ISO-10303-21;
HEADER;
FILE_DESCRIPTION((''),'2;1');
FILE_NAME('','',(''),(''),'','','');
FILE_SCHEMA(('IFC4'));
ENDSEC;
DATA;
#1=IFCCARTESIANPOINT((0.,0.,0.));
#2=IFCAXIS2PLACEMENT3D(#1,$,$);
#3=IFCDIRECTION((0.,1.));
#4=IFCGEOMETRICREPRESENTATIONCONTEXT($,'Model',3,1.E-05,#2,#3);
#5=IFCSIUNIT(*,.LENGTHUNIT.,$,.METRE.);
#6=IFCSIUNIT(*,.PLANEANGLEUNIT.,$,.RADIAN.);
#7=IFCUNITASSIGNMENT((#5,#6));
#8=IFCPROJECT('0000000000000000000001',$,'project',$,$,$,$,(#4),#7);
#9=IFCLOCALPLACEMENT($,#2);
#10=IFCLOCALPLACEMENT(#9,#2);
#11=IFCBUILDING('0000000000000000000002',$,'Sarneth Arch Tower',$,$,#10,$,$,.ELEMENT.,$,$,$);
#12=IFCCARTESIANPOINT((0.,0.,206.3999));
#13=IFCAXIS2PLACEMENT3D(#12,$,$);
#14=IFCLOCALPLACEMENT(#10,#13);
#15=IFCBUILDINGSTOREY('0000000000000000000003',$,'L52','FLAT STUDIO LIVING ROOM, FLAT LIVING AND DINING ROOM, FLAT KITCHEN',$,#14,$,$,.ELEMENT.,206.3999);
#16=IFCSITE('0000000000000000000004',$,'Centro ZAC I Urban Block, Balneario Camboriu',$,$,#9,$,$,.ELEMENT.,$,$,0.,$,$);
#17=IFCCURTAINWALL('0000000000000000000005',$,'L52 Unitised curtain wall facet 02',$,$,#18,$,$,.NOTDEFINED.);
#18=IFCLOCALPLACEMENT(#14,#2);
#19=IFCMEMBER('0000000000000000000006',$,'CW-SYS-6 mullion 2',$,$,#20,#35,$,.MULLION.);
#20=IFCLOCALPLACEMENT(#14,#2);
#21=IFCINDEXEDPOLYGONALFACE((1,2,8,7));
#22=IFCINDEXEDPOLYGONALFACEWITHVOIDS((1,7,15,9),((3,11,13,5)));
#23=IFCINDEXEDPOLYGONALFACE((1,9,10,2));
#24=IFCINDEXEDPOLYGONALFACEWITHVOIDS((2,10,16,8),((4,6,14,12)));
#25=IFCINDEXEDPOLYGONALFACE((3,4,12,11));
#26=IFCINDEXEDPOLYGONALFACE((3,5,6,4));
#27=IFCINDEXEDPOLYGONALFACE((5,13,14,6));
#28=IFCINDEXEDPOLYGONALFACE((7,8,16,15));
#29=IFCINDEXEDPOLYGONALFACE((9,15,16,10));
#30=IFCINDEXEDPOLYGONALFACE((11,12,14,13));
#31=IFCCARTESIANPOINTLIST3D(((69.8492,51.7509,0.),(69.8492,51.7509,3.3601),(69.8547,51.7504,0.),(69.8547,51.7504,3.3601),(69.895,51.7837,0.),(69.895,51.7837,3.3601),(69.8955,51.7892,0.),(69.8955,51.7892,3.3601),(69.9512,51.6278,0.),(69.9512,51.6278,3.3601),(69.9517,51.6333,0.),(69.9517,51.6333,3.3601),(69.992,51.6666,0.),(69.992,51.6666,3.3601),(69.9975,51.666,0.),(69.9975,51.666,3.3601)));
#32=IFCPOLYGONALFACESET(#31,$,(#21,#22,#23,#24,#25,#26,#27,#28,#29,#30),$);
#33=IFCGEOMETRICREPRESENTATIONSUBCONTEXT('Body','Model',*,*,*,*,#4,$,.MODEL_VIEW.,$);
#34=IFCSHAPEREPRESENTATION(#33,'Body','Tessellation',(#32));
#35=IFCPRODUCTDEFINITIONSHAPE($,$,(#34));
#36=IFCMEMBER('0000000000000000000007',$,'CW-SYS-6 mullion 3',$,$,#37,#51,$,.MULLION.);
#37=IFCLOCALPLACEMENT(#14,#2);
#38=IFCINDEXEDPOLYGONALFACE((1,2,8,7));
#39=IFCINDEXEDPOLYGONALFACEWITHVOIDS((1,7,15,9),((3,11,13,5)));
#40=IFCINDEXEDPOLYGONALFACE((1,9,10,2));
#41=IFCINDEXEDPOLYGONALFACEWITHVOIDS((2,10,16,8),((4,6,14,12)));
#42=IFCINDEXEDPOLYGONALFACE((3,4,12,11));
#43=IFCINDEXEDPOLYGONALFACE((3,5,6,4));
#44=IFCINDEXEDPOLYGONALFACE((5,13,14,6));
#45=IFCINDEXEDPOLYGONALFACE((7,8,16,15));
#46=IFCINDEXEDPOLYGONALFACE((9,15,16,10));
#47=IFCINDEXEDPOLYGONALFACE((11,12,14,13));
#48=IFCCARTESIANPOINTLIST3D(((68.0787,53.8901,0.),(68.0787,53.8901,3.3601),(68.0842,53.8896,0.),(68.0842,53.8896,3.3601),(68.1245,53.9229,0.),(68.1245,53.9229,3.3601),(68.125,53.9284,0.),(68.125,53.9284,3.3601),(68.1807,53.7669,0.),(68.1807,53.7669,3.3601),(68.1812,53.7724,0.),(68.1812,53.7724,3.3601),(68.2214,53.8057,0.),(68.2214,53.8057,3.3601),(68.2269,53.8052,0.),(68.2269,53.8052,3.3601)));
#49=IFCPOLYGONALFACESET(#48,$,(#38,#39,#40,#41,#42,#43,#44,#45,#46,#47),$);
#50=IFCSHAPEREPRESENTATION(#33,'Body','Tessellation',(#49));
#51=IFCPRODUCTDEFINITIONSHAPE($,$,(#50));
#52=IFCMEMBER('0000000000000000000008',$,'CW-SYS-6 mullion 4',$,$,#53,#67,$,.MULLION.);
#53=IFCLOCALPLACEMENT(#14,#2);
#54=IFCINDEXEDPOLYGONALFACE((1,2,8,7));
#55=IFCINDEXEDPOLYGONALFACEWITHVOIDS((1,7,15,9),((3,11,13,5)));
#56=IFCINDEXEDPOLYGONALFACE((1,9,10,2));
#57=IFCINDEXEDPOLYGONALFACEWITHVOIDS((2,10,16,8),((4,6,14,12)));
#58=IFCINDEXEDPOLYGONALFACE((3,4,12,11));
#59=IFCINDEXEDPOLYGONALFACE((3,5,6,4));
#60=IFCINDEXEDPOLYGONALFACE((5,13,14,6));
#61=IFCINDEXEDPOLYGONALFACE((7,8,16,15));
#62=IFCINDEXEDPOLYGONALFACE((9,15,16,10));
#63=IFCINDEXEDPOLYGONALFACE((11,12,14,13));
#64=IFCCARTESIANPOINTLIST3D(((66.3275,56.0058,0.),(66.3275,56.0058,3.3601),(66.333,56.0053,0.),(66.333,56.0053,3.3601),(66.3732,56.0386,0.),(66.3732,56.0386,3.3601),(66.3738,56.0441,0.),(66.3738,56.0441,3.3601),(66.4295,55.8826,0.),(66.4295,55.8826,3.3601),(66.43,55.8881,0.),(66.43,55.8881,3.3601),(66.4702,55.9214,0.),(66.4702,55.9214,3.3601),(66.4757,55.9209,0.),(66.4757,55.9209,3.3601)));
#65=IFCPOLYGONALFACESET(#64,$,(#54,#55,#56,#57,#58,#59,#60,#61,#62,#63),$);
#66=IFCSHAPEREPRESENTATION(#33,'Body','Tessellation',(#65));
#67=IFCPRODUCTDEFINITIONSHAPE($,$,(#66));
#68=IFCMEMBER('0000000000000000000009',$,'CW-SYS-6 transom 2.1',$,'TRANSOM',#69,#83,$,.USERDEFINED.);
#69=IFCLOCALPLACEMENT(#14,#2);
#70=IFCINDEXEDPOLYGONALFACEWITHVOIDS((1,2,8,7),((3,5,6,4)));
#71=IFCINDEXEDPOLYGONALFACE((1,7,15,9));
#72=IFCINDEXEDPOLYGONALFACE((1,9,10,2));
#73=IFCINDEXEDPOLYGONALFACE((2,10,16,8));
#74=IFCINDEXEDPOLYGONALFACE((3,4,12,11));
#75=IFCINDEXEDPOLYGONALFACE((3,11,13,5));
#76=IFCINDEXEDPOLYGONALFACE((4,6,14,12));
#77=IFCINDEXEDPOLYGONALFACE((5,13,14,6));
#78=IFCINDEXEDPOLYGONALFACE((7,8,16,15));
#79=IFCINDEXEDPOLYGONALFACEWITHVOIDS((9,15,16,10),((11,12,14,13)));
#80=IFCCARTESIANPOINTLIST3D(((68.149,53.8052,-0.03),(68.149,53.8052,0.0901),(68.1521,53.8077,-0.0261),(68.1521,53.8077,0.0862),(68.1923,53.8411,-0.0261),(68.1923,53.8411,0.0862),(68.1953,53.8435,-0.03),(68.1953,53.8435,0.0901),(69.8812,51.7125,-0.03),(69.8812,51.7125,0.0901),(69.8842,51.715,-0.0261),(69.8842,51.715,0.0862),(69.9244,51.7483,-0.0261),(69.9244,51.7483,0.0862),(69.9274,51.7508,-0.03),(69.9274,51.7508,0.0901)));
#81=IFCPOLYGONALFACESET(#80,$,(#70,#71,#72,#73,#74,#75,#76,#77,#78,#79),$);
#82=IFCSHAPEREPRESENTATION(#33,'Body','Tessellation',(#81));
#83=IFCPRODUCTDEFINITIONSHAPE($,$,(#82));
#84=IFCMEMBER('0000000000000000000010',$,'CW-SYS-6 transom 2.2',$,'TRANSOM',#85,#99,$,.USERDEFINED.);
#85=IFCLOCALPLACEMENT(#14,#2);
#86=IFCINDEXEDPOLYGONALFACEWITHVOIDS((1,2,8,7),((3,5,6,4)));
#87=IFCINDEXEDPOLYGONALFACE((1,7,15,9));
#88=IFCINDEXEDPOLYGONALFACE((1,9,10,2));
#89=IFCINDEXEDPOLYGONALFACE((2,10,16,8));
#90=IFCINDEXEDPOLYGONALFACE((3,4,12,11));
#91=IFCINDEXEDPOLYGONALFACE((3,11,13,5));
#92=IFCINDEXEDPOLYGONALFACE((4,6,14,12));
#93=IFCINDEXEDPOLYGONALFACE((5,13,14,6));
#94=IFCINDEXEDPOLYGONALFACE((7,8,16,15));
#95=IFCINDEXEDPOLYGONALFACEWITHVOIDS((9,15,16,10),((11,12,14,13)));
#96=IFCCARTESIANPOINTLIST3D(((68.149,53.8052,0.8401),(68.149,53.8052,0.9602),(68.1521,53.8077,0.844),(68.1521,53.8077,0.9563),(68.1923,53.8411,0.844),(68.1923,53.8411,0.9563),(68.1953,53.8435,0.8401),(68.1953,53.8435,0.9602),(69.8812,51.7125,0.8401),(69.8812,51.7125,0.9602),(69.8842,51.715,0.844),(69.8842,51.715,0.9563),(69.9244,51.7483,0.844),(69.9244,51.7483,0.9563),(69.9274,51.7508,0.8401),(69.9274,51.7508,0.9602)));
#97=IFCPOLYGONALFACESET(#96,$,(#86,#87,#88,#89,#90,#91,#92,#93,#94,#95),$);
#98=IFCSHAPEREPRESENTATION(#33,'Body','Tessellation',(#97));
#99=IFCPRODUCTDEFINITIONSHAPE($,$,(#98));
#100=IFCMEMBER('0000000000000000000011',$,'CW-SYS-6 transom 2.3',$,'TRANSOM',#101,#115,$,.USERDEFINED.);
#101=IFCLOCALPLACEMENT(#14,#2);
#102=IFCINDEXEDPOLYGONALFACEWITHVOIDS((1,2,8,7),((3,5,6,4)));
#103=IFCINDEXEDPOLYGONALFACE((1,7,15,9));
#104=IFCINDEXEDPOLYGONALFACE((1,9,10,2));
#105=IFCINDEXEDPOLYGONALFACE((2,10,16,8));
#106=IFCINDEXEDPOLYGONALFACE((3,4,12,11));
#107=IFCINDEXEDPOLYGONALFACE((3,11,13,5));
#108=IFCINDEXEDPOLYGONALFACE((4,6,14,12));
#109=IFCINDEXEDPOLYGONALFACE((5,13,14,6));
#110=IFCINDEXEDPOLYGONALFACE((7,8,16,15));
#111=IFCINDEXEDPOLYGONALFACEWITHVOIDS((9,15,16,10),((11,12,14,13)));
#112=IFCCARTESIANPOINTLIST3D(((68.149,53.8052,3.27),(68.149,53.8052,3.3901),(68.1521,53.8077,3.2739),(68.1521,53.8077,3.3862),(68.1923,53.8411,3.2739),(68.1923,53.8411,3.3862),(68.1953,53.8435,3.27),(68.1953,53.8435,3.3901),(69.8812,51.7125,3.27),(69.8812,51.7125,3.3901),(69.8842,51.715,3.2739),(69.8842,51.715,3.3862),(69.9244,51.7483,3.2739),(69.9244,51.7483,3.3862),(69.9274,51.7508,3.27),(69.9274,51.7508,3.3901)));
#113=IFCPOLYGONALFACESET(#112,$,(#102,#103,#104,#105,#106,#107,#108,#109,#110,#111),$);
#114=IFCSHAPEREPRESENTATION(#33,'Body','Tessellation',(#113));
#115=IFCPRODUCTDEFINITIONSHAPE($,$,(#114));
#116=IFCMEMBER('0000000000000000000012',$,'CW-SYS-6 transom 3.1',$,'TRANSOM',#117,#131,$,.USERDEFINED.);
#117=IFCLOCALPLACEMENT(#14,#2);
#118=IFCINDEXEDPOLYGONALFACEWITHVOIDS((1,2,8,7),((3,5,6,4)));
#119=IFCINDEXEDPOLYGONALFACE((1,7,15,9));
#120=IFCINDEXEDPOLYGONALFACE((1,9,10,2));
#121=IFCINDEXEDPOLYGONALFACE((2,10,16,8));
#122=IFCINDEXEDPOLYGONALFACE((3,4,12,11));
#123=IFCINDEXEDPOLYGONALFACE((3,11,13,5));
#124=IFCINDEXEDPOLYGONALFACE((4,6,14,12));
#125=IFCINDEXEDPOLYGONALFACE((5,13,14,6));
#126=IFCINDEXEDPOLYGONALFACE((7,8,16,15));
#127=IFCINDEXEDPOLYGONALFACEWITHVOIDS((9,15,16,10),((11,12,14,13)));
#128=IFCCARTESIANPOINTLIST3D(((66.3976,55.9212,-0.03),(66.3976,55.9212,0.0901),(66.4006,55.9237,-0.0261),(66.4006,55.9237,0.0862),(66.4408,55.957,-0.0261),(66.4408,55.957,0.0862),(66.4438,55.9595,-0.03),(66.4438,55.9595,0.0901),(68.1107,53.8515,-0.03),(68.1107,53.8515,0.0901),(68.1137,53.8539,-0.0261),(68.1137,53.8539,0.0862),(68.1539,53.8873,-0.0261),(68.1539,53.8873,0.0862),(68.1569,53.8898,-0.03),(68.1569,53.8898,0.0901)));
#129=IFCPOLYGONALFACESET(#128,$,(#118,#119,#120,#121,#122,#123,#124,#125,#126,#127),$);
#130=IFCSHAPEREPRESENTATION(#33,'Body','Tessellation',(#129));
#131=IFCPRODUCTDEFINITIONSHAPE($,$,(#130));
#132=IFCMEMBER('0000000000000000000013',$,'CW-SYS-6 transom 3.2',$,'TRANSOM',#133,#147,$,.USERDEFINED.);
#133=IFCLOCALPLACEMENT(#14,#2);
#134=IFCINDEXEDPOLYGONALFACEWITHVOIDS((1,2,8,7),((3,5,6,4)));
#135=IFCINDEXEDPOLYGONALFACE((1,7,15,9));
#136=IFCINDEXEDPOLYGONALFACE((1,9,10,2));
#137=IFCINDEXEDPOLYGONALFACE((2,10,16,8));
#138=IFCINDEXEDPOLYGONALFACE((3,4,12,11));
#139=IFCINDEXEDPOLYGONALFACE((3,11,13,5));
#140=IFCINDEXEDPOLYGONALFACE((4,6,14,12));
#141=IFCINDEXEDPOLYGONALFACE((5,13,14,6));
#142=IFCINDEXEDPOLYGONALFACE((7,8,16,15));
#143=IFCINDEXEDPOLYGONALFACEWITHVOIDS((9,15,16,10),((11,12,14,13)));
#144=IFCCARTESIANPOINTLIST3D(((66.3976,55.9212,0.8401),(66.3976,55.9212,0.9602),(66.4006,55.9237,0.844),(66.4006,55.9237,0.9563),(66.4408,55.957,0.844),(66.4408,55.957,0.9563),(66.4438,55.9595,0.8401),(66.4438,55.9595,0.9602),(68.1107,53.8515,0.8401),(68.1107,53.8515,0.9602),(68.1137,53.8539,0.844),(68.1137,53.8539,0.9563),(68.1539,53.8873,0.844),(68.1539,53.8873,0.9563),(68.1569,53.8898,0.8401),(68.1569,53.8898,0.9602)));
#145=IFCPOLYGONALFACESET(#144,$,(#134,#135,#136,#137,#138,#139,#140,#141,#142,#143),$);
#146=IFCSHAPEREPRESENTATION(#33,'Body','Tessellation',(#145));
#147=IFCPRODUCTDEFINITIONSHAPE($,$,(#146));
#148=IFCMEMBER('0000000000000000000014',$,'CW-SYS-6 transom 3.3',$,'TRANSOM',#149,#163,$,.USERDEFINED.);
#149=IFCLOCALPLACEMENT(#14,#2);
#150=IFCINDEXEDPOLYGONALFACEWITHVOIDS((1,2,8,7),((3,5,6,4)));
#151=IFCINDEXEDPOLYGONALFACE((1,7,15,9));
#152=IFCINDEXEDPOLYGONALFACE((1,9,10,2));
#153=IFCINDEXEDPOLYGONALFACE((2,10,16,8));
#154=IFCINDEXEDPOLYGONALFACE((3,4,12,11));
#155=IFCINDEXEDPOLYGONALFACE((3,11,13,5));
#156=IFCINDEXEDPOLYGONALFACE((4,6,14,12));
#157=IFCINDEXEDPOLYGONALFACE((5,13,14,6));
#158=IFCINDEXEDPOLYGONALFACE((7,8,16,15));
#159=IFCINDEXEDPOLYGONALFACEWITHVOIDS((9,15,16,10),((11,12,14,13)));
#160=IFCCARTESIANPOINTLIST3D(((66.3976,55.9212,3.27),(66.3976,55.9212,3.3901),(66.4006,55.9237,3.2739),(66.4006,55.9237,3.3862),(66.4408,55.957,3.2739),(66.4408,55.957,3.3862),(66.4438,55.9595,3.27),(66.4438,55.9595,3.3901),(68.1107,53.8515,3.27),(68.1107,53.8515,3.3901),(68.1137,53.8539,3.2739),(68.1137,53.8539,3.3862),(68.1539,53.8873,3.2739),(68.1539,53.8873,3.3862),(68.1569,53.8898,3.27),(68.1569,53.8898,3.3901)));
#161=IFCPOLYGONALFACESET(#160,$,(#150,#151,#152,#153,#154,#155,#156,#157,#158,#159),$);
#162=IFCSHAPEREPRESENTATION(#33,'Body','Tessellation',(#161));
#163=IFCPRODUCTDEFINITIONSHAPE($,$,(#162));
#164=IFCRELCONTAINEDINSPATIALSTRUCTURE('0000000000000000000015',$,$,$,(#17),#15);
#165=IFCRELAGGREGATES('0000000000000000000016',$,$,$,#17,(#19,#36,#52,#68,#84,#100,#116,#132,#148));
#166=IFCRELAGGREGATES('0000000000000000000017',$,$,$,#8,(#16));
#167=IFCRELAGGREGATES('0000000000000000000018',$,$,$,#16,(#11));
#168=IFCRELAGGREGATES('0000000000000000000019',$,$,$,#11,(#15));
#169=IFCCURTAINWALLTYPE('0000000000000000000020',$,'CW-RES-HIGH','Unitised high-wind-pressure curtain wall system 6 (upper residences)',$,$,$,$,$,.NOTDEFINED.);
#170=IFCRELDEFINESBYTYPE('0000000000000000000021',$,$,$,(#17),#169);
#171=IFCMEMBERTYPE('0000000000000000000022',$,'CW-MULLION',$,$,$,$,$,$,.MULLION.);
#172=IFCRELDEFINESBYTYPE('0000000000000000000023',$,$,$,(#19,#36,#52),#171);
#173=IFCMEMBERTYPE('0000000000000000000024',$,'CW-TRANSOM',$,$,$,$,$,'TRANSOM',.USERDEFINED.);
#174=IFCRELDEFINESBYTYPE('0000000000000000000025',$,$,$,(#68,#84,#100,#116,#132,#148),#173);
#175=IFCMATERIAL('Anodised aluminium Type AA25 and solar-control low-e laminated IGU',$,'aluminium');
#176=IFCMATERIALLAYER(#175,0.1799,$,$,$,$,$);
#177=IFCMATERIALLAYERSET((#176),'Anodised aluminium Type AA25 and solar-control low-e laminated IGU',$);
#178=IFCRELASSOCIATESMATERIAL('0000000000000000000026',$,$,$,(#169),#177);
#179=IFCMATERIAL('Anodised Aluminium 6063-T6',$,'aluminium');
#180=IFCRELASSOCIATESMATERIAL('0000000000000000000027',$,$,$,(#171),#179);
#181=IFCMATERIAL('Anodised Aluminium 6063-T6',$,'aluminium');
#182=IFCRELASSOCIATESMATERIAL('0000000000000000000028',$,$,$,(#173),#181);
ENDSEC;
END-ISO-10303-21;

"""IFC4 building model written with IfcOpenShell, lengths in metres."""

from ifc_helpers import new_model, si_unit, direction, frame, origin, origin_2d, place, context, subcontext, project, spatial, hollow_rectangle, extrude, material, layer, layer_set, material_profile, profile_set, type_object, element, aggregate, save


model = new_model("IFC4")

# Units and contexts
model_context = context("Model", 3, precision=1e-05, world=origin(), true_north=direction((0.0, 1.0)))
body_context = subcontext(model_context, "Body", "Model", "MODEL_VIEW")
ifc_project = project(units=[si_unit("LENGTHUNIT", "METRE"), si_unit("PLANEANGLEUNIT", "RADIAN")], contexts=[model_context])

# Site, building, storey
site_placement = place(None, origin())
site = spatial("IfcSite", under=ifc_project, at=site_placement, Name="Centro ZAC I Urban Block, Balneario Camboriu", CompositionType="ELEMENT", RefElevation=0.0)
building_placement = place(site_placement, origin())
building = spatial("IfcBuilding", under=site, at=building_placement, Name="Sarneth Arch Tower", CompositionType="ELEMENT")
storey_placement = place(building_placement, frame((0.0, 0.0, 206.3999)))
storey = spatial("IfcBuildingStorey", under=building, at=storey_placement, Name="L52", Description="FLAT STUDIO LIVING ROOM, FLAT LIVING AND DINING ROOM, FLAT KITCHEN", CompositionType="ELEMENT", Elevation=206.3999)

# Curtain wall, members
ifc_material_1 = material(Name="Anodised aluminium Type AA25 and solar-control low-e laminated IGU", Category="aluminium")
ifc_layer_1 = layer(ifc_material_1, 0.1799)
ifc_layer_set_1 = layer_set([ifc_layer_1], Name="Anodised aluminium Type AA25 and solar-control low-e laminated IGU")
curtain_wall_type = type_object("IfcCurtainWallType", Name="CW-RES-HIGH", Description="Unitised high-wind-pressure curtain wall system 6 (upper residences)", PredefinedType="NOTDEFINED", material=ifc_layer_set_1)
curtain_wall_placement = place(storey_placement, origin())
curtain_wall = element("IfcCurtainWall", 1, at=curtain_wall_placement, inside=storey, type_object=curtain_wall_type, Name="L52 Unitised curtain wall facet 02", PredefinedType="NOTDEFINED")
ifc_material_2 = material(Name="Anodised Aluminium 6063-T6", Category="aluminium")
ifc_material_profile_1 = material_profile(ifc_material_2, hollow_rectangle(XDim=0.0601, YDim=0.1599, WallThickness=0.0039, at=origin_2d()), Name="AL-MULL-160x60x4")
ifc_profile_set_1 = profile_set([ifc_material_profile_1], Name="Anodised Aluminium 6063-T6")
member_type_1 = type_object("IfcMemberType", Name="CW-MULLION", PredefinedType="MULLION", material=ifc_profile_set_1)
member_1_placement = place(storey_placement, frame((69.9233, 51.7085, 0.0), z_axis=(0.0, 0.0, 1.0), x_axis=(-0.770359, -0.63761, 0.0)))
member_1 = element("IfcMember", 2, at=member_1_placement, type_object=member_type_1, Name="CW-SYS-6 mullion 2", PredefinedType="MULLION", context=body_context, shape_type="SweptSolid", body=[
    extrude(hollow_rectangle(XDim=0.0601, YDim=0.1599, WallThickness=0.0039, at=origin_2d()), origin(), (0.0, 0.0, 1.0), 3.3601),
])
member_2_placement = place(storey_placement, frame((68.1528, 53.8477, 0.0), z_axis=(0.0, 0.0, 1.0), x_axis=(-0.770359, -0.63761, 0.0)))
member_2 = element("IfcMember", 3, at=member_2_placement, type_object=member_type_1, Name="CW-SYS-6 mullion 3", PredefinedType="MULLION", context=body_context, shape_type="SweptSolid", body=[
    extrude(hollow_rectangle(XDim=0.0601, YDim=0.1599, WallThickness=0.0039, at=origin_2d()), origin(), (0.0, 0.0, 1.0), 3.3601),
])
member_3_placement = place(storey_placement, frame((66.4016, 55.9634, 0.0), z_axis=(0.0, 0.0, 1.0), x_axis=(-0.770359, -0.63761, 0.0)))
member_3 = element("IfcMember", 4, at=member_3_placement, type_object=member_type_1, Name="CW-SYS-6 mullion 4", PredefinedType="MULLION", context=body_context, shape_type="SweptSolid", body=[
    extrude(hollow_rectangle(XDim=0.0601, YDim=0.1599, WallThickness=0.0039, at=origin_2d()), origin(), (0.0, 0.0, 1.0), 3.3601),
])
ifc_material_3 = material(Name="Anodised Aluminium 6063-T6", Category="aluminium")
ifc_material_profile_2 = material_profile(ifc_material_3, hollow_rectangle(XDim=0.0601, YDim=0.1201, WallThickness=0.0039, at=origin_2d()), Name="AL-TRAN-120x60x4")
ifc_profile_set_2 = profile_set([ifc_material_profile_2], Name="Anodised Aluminium 6063-T6")
member_type_2 = type_object("IfcMemberType", Name="CW-TRANSOM", ElementType="TRANSOM", PredefinedType="USERDEFINED", material=ifc_profile_set_2)
member_4_placement = place(storey_placement, frame((69.9043, 51.7317, 0.03), z_axis=(-0.637617, 0.770353, 0.0), x_axis=(-0.770353, -0.637617, 0.0)))
member_4 = element("IfcMember", 5, at=member_4_placement, type_object=member_type_2, Name="CW-SYS-6 transom 2.1", ObjectType="TRANSOM", PredefinedType="USERDEFINED", context=body_context, shape_type="SweptSolid", body=[
    extrude(hollow_rectangle(XDim=0.0601, YDim=0.1201, WallThickness=0.0039, at=origin_2d()), origin(), (0.0, 0.0, 1.0), 2.7166),
])
member_5_placement = place(storey_placement, frame((69.9043, 51.7317, 0.9001), z_axis=(-0.637617, 0.770353, 0.0), x_axis=(-0.770353, -0.637617, 0.0)))
member_5 = element("IfcMember", 6, at=member_5_placement, type_object=member_type_2, Name="CW-SYS-6 transom 2.2", ObjectType="TRANSOM", PredefinedType="USERDEFINED", context=body_context, shape_type="SweptSolid", body=[
    extrude(hollow_rectangle(XDim=0.0601, YDim=0.1201, WallThickness=0.0039, at=origin_2d()), origin(), (0.0, 0.0, 1.0), 2.7166),
])
member_6_placement = place(storey_placement, frame((69.9043, 51.7317, 3.3301), z_axis=(-0.637617, 0.770353, 0.0), x_axis=(-0.770353, -0.637617, 0.0)))
member_6 = element("IfcMember", 7, at=member_6_placement, type_object=member_type_2, Name="CW-SYS-6 transom 2.3", ObjectType="TRANSOM", PredefinedType="USERDEFINED", context=body_context, shape_type="SweptSolid", body=[
    extrude(hollow_rectangle(XDim=0.0601, YDim=0.1201, WallThickness=0.0039, at=origin_2d()), origin(), (0.0, 0.0, 1.0), 2.7166),
])
member_7_placement = place(storey_placement, frame((68.1338, 53.8706, 0.03), z_axis=(-0.637607, 0.770362, 0.0), x_axis=(-0.770362, -0.637607, 0.0)))
member_7 = element("IfcMember", 8, at=member_7_placement, type_object=member_type_2, Name="CW-SYS-6 transom 3.1", ObjectType="TRANSOM", PredefinedType="USERDEFINED", context=body_context, shape_type="SweptSolid", body=[
    extrude(hollow_rectangle(XDim=0.0601, YDim=0.1201, WallThickness=0.0039, at=origin_2d()), origin(), (0.0, 0.0, 1.0), 2.6868),
])
member_8_placement = place(storey_placement, frame((68.1338, 53.8706, 0.9001), z_axis=(-0.637607, 0.770362, 0.0), x_axis=(-0.770362, -0.637607, 0.0)))
member_8 = element("IfcMember", 9, at=member_8_placement, type_object=member_type_2, Name="CW-SYS-6 transom 3.2", ObjectType="TRANSOM", PredefinedType="USERDEFINED", context=body_context, shape_type="SweptSolid", body=[
    extrude(hollow_rectangle(XDim=0.0601, YDim=0.1201, WallThickness=0.0039, at=origin_2d()), origin(), (0.0, 0.0, 1.0), 2.6868),
])
member_9_placement = place(storey_placement, frame((68.1338, 53.8706, 3.3301), z_axis=(-0.637607, 0.770362, 0.0), x_axis=(-0.770362, -0.637607, 0.0)))
member_9 = element("IfcMember", 10, at=member_9_placement, type_object=member_type_2, Name="CW-SYS-6 transom 3.3", ObjectType="TRANSOM", PredefinedType="USERDEFINED", context=body_context, shape_type="SweptSolid", body=[
    extrude(hollow_rectangle(XDim=0.0601, YDim=0.1201, WallThickness=0.0039, at=origin_2d()), origin(), (0.0, 0.0, 1.0), 2.6868),
])

aggregate(curtain_wall, [member_1, member_2, member_3, member_4, member_5, member_6, member_7, member_8, member_9])

save(model, "model.ifc")
